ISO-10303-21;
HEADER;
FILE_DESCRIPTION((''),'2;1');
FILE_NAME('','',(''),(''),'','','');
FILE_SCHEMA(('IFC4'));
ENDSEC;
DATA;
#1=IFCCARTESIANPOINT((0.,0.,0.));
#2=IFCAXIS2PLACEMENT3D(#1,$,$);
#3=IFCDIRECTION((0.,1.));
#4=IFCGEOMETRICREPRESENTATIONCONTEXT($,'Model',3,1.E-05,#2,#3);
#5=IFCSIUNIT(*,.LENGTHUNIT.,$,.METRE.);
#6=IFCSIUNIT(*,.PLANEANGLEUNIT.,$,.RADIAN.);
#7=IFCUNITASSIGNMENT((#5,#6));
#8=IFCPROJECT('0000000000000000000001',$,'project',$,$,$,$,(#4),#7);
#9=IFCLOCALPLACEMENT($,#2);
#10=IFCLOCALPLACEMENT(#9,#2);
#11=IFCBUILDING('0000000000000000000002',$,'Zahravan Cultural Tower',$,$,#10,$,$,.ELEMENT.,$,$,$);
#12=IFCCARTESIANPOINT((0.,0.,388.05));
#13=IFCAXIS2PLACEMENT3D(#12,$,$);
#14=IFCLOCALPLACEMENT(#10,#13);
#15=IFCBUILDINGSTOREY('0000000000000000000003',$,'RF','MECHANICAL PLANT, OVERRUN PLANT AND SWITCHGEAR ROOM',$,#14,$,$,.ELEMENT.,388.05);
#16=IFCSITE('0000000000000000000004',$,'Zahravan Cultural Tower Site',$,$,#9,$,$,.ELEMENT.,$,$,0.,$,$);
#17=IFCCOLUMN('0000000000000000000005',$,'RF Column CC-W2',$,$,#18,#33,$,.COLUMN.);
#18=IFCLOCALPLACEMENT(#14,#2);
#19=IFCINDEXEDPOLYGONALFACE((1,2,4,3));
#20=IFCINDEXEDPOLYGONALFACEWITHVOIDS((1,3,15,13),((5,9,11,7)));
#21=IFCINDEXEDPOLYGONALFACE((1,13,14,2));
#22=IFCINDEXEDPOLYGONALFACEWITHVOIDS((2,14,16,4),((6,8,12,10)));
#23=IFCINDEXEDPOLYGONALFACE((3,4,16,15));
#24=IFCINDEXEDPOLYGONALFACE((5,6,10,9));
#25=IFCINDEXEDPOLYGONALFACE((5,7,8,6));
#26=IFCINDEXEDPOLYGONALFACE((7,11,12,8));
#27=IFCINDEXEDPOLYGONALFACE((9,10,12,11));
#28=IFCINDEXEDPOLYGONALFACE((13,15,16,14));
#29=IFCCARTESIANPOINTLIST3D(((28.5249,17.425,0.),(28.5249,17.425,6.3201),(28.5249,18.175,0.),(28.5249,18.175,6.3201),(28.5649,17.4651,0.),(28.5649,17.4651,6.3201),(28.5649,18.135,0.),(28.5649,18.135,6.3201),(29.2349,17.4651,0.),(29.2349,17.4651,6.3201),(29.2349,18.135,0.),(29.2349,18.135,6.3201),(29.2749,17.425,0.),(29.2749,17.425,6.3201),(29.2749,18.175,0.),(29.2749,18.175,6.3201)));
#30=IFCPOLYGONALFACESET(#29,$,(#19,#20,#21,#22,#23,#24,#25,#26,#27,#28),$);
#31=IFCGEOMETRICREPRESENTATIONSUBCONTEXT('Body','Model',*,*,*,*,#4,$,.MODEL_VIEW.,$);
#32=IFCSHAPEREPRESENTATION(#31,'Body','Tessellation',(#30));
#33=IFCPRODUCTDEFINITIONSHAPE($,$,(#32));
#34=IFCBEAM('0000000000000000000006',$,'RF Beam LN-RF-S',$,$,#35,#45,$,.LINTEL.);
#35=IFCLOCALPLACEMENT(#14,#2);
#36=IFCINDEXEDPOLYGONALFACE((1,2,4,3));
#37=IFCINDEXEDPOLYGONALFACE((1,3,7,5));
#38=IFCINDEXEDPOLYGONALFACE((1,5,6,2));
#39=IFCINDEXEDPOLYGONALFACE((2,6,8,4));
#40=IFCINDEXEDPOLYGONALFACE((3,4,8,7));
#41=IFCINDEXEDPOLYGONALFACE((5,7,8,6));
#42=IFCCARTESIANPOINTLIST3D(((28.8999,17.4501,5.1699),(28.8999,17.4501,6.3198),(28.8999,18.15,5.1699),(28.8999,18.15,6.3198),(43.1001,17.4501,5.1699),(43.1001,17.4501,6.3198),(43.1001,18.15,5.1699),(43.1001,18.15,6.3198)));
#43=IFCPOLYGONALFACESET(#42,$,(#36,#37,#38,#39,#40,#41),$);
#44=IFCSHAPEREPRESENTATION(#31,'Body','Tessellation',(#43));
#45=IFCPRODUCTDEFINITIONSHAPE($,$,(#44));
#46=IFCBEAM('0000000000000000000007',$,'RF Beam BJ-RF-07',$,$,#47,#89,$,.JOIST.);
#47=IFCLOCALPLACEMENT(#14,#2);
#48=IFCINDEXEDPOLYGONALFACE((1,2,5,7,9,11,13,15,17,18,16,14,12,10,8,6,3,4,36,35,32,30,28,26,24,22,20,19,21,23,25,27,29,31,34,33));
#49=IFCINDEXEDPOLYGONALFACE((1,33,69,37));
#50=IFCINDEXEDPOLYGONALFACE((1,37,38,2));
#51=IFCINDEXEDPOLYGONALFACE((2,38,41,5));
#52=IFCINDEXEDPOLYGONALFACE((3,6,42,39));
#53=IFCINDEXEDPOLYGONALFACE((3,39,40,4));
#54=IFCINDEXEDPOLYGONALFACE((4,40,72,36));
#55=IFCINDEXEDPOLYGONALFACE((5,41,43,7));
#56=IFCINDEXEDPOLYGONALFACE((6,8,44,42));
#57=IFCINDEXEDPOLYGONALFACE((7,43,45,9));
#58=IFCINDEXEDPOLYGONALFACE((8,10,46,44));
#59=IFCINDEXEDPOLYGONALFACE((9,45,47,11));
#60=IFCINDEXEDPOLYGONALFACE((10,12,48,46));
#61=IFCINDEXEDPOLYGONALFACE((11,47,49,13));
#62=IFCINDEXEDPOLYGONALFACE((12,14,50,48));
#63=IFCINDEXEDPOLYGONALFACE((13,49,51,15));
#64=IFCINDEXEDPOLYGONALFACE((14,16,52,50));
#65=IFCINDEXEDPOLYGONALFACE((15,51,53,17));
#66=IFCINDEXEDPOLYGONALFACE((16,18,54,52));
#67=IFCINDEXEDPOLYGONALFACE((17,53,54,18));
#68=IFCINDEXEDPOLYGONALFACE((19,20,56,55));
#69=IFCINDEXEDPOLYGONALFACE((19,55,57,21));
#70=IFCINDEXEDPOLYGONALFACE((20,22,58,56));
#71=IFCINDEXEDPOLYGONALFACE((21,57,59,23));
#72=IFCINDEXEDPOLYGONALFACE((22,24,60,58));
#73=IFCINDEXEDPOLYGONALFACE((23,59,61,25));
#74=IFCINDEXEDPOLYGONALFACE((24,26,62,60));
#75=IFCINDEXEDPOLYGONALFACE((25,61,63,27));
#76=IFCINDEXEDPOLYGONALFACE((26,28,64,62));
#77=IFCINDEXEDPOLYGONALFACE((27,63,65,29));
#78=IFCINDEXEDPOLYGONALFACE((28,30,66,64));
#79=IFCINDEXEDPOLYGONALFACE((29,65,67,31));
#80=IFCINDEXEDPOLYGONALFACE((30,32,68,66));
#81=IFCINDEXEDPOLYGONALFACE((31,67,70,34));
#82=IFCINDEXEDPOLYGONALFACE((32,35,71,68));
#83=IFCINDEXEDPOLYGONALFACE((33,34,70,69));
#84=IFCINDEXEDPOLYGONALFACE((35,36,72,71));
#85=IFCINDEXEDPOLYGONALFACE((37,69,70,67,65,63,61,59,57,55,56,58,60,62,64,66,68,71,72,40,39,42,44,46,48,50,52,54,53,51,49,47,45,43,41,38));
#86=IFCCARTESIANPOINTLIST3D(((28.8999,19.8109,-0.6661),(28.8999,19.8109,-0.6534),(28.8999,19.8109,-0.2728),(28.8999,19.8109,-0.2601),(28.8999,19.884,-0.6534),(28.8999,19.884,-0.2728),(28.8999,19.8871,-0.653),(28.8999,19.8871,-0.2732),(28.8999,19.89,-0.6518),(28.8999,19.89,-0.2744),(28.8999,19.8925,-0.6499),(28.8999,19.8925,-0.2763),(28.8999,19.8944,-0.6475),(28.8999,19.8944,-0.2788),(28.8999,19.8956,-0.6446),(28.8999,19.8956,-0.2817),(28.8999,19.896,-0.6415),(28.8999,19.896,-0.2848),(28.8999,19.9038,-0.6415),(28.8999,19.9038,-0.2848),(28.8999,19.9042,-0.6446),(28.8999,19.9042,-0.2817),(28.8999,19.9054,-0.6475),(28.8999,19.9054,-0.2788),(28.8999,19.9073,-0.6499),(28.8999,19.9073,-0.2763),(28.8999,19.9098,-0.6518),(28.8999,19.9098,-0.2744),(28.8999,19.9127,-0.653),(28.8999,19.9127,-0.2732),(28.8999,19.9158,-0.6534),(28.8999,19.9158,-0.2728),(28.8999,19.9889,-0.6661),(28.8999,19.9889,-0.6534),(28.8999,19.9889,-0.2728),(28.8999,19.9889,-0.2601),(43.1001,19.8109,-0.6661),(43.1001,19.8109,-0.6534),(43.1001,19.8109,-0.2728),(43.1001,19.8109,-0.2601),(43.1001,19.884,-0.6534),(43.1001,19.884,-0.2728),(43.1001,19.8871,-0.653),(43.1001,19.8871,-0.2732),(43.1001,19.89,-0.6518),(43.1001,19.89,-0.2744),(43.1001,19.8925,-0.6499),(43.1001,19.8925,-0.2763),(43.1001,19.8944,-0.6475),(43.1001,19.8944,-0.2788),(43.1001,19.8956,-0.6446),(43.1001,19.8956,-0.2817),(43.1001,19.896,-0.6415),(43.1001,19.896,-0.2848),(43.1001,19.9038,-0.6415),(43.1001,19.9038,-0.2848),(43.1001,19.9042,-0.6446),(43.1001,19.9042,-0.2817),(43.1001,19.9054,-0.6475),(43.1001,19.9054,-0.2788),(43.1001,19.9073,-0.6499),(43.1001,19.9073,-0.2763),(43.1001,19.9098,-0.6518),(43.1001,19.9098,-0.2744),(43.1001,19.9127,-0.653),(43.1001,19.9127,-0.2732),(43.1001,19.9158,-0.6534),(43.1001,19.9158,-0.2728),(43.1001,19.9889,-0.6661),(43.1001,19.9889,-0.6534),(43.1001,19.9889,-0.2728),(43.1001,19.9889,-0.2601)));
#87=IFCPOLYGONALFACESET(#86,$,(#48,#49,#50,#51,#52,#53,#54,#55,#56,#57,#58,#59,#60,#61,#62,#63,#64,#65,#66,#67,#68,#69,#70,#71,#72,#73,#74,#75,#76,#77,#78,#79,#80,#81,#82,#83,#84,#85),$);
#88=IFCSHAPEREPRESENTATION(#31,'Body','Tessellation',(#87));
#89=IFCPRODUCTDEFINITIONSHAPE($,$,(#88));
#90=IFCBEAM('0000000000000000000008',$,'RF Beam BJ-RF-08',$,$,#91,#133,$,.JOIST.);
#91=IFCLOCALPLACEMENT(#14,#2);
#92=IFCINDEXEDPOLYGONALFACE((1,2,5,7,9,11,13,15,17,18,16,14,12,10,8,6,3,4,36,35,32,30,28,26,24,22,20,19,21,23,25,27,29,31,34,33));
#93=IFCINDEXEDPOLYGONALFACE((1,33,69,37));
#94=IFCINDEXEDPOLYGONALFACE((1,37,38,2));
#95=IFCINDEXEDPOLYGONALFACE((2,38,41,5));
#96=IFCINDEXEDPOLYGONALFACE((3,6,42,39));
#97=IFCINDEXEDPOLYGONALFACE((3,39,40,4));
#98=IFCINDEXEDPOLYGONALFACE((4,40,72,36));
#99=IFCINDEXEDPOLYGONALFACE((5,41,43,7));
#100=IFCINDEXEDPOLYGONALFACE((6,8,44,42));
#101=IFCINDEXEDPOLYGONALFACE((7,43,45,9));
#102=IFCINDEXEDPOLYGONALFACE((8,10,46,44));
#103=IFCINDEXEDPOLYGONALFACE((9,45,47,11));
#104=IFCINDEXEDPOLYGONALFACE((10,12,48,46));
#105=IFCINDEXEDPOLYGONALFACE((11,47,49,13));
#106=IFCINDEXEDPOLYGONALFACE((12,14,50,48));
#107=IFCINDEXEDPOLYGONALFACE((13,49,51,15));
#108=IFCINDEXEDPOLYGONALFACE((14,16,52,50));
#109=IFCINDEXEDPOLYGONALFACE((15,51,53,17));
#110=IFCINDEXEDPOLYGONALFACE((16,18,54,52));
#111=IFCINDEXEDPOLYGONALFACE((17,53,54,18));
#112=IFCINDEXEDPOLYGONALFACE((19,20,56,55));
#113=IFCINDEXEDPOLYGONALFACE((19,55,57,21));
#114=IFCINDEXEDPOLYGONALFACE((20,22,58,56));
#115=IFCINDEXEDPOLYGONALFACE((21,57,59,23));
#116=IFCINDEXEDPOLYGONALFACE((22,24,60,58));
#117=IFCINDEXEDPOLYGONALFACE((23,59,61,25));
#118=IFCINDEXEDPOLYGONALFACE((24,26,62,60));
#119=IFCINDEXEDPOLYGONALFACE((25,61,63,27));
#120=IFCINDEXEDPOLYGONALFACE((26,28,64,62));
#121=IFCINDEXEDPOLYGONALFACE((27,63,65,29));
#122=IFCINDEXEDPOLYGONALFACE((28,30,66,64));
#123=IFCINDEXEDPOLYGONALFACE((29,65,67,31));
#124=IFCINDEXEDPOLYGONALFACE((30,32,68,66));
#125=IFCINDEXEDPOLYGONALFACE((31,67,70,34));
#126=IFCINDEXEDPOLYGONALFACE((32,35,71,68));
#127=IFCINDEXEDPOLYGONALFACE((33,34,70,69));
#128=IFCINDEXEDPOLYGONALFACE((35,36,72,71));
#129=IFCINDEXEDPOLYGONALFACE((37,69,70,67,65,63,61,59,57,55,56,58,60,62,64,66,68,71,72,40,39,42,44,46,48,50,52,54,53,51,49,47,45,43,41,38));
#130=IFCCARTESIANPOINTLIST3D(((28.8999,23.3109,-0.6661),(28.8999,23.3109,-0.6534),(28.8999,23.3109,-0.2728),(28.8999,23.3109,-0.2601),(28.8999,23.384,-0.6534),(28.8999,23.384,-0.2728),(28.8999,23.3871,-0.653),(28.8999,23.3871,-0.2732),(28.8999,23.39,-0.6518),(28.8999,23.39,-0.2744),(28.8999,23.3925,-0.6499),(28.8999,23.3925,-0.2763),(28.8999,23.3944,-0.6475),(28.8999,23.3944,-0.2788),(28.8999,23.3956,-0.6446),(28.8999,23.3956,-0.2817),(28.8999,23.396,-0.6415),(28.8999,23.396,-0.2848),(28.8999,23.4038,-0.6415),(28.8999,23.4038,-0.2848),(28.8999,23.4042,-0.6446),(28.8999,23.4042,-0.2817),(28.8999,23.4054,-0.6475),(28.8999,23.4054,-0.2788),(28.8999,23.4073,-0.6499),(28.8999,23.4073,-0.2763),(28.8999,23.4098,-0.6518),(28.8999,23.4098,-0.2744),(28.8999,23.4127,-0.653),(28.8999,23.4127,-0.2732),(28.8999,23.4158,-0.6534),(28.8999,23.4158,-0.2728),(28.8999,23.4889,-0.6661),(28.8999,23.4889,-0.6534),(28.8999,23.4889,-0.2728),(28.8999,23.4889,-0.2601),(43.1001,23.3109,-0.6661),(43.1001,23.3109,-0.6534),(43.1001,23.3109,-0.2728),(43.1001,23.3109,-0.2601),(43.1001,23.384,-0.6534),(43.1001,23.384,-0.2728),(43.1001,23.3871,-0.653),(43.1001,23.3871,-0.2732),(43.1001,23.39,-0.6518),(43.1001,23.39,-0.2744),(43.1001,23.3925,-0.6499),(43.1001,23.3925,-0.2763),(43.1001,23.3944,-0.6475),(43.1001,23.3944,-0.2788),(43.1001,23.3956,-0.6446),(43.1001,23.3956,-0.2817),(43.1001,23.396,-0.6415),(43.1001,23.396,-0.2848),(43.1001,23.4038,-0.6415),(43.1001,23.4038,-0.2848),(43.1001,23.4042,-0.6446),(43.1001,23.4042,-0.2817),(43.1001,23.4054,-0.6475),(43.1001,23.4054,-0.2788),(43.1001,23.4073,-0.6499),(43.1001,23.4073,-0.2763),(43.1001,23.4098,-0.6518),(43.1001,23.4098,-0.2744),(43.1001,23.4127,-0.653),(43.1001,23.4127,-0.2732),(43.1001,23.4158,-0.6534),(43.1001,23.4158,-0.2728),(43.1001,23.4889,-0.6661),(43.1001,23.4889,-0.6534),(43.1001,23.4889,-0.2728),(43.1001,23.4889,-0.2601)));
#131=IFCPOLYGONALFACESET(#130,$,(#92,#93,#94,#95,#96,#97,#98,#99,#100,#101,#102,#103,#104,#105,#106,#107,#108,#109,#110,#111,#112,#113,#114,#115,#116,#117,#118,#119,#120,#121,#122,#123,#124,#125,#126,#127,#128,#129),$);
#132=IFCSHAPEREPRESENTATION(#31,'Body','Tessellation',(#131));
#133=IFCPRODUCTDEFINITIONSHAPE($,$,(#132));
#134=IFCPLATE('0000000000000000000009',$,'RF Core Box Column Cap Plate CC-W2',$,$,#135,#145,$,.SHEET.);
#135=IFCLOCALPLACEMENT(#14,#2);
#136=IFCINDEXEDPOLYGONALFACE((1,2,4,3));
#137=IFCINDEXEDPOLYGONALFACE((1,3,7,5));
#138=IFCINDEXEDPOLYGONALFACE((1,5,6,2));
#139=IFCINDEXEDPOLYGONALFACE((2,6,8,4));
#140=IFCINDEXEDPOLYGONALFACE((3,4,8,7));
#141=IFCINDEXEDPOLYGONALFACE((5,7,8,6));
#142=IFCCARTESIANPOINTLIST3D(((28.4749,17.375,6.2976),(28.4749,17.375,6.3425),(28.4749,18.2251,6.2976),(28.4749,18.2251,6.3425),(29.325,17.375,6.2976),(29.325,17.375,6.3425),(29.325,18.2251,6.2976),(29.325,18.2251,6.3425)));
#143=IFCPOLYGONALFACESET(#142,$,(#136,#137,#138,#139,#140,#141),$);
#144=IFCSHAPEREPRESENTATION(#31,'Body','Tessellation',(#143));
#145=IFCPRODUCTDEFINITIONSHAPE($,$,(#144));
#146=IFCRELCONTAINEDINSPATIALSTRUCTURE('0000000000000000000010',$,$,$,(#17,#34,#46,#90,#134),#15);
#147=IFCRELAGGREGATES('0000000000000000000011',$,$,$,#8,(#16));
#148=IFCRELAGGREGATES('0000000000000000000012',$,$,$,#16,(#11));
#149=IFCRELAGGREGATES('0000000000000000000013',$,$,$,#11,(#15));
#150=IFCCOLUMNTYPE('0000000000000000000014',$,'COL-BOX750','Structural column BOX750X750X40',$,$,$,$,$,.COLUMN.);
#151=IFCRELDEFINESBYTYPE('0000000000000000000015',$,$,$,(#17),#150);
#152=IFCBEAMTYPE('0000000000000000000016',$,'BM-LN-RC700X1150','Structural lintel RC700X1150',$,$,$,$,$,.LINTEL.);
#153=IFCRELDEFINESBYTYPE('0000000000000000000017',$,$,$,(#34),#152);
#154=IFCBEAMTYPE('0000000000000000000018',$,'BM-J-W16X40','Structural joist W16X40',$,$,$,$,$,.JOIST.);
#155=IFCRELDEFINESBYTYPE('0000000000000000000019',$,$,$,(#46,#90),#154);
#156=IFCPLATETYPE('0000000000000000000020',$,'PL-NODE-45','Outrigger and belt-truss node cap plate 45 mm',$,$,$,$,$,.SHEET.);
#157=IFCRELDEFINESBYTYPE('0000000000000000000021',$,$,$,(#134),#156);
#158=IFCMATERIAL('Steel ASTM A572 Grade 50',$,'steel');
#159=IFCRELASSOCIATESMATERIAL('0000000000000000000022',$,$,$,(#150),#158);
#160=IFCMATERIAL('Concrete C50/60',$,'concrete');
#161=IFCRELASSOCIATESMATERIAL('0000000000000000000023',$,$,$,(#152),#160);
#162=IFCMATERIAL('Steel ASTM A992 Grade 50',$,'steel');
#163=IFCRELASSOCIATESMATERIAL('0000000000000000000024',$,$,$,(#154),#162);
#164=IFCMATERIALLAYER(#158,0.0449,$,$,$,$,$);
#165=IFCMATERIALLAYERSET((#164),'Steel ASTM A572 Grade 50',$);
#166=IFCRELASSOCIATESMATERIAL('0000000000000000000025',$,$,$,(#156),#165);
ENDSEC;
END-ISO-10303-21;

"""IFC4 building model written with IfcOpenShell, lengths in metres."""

from ifc_helpers import new_model, si_unit, direction, frame, origin, origin_2d, place, context, subcontext, project, spatial, rectangle, hollow_rectangle, i_section, extrude, source, transform, mapped, material, layer, layer_set, material_profile, profile_set, type_object, element, save


model = new_model("IFC4")

# Units and contexts
model_context = context("Model", 3, precision=1e-05, world=origin(), true_north=direction((0.0, 1.0)))
body_context = subcontext(model_context, "Body", "Model", "MODEL_VIEW")
ifc_project = project(units=[si_unit("LENGTHUNIT", "METRE"), si_unit("PLANEANGLEUNIT", "RADIAN")], contexts=[model_context])

# Site, building, storey
site_placement = place(None, origin())
site = spatial("IfcSite", under=ifc_project, at=site_placement, Name="Zahravan Cultural Tower Site", CompositionType="ELEMENT", RefElevation=0.0)
building_placement = place(site_placement, origin())
building = spatial("IfcBuilding", under=site, at=building_placement, Name="Zahravan Cultural Tower", CompositionType="ELEMENT")
storey_placement = place(building_placement, frame((0.0, 0.0, 388.05)))
storey = spatial("IfcBuildingStorey", under=building, at=storey_placement, Name="RF", Description="MECHANICAL PLANT, OVERRUN PLANT AND SWITCHGEAR ROOM", CompositionType="ELEMENT", Elevation=388.05)

# Column
ifc_material_1 = material(Name="Steel ASTM A572 Grade 50", Category="steel")
ifc_material_profile_1 = material_profile(ifc_material_1, hollow_rectangle(XDim=0.75, YDim=0.75, WallThickness=0.04, at=origin_2d()), Name="BOX750X750X40")
ifc_profile_set_1 = profile_set([ifc_material_profile_1], Name="Steel ASTM A572 Grade 50")
column_type = type_object("IfcColumnType", Name="COL-BOX750", Description="Structural column BOX750X750X40", PredefinedType="COLUMN", material=ifc_profile_set_1)
shared_shape_1 = source(origin(), body_context, "Body", "SweptSolid", [
    extrude(hollow_rectangle(XDim=0.75, YDim=0.75, WallThickness=0.04, at=origin_2d()), origin(), (0.0, 0.0, 1.0), 6.3201),
])
column_placement = place(storey_placement, frame((28.8999, 17.8, 0.0), z_axis=(0.0, 0.0, 1.0), x_axis=(1.0, 0.0, 0.0)))
element("IfcColumn", 1, at=column_placement, inside=storey, type_object=column_type, Name="RF Column CC-W2", PredefinedType="COLUMN", context=body_context, shape_type="MappedRepresentation", body=[
    mapped(shared_shape_1, transform((0.0, 0.0, 0.0), x_axis=(1.0, 0.0, 0.0), y_axis=(0.0, 1.0, 0.0), z_axis=(0.0, 0.0, 1.0), scale=1.0)),
])

# Beams
ifc_material_2 = material(Name="Concrete C50/60", Category="concrete")
ifc_material_profile_2 = material_profile(ifc_material_2, rectangle(XDim=0.7, YDim=1.1499, at=origin_2d()), Name="RC700X1150")
ifc_profile_set_2 = profile_set([ifc_material_profile_2], Name="Concrete C50/60")
beam_type_1 = type_object("IfcBeamType", Name="BM-LN-RC700X1150", Description="Structural lintel RC700X1150", PredefinedType="LINTEL", material=ifc_profile_set_2)
shared_shape_2 = source(origin(), body_context, "Body", "SweptSolid", [
    extrude(rectangle(XDim=0.7, YDim=1.1499, at=origin_2d()), origin(), (0.0, 0.0, 1.0), 14.2002),
])
beam_placement = place(storey_placement, frame((28.8999, 17.8, 5.7449), z_axis=(1.0, 0.0, 0.0), x_axis=(0.0, 1.0, 0.0)))
element("IfcBeam", 2, at=beam_placement, inside=storey, type_object=beam_type_1, Name="RF Beam LN-RF-S", PredefinedType="LINTEL", context=body_context, shape_type="MappedRepresentation", body=[
    mapped(shared_shape_2, transform((0.0, 0.0, 0.0), x_axis=(1.0, 0.0, 0.0), y_axis=(0.0, 1.0, 0.0), z_axis=(0.0, 0.0, 1.0), scale=1.0)),
])
ifc_material_3 = material(Name="Steel ASTM A992 Grade 50", Category="steel")
ifc_material_profile_3 = material_profile(ifc_material_3, i_section(OverallWidth=0.178, OverallDepth=0.406, WebThickness=0.0078, FlangeThickness=0.0127, FilletRadius=0.012, at=origin_2d()), Name="W16X40")
ifc_profile_set_3 = profile_set([ifc_material_profile_3], Name="Steel ASTM A992 Grade 50")
beam_type_2 = type_object("IfcBeamType", Name="BM-J-W16X40", Description="Structural joist W16X40", PredefinedType="JOIST", material=ifc_profile_set_3)
shared_shape_3 = source(origin(), body_context, "Body", "SweptSolid", [
    extrude(i_section(OverallWidth=0.178, OverallDepth=0.406, WebThickness=0.0078, FlangeThickness=0.0127, FilletRadius=0.012, at=origin_2d()), origin(), (0.0, 0.0, 1.0), 14.2002),
])
for number, where, z_axis, x_axis, name in (
    (3, (28.8999, 19.8999, -0.4631), (1.0, 0.0, 0.0), (0.0, 1.0, 0.0), "RF Beam BJ-RF-07"),
    (4, (28.8999, 23.3999, -0.4631), (1.0, 0.0, 0.0), (0.0, 1.0, 0.0), "RF Beam BJ-RF-08"),
):
    element("IfcBeam", number, at=place(storey_placement, frame(where, z_axis=z_axis, x_axis=x_axis)), inside=storey, type_object=beam_type_2, Name=name, PredefinedType="JOIST", context=body_context, shape_type="MappedRepresentation", body=[
        mapped(shared_shape_3, transform((0.0, 0.0, 0.0), x_axis=(1.0, 0.0, 0.0), y_axis=(0.0, 1.0, 0.0), z_axis=(0.0, 0.0, 1.0), scale=1.0)),
    ])

# Plate
ifc_layer_1 = layer(ifc_material_1, 0.0449)
ifc_layer_set_1 = layer_set([ifc_layer_1], Name="Steel ASTM A572 Grade 50")
plate_type = type_object("IfcPlateType", Name="PL-NODE-45", Description="Outrigger and belt-truss node cap plate 45 mm", PredefinedType="SHEET", material=ifc_layer_set_1)
shared_shape_4 = source(origin(), body_context, "Body", "SweptSolid", [
    extrude(rectangle(XDim=0.8501, YDim=0.8501, at=origin_2d()), origin(), (0.0, 0.0, 1.0), 0.0449),
])
plate_placement = place(storey_placement, frame((28.8999, 17.8, 6.2976), z_axis=(0.0, 0.0, 1.0), x_axis=(1.0, 0.0, 0.0)))
element("IfcPlate", 5, at=plate_placement, inside=storey, type_object=plate_type, Name="RF Core Box Column Cap Plate CC-W2", PredefinedType="SHEET", context=body_context, shape_type="MappedRepresentation", body=[
    mapped(shared_shape_4, transform((0.0, 0.0, 0.0), x_axis=(1.0, 0.0, 0.0), y_axis=(0.0, 1.0, 0.0), z_axis=(0.0, 0.0, 1.0), scale=1.0)),
])

save(model, "model.ifc")
